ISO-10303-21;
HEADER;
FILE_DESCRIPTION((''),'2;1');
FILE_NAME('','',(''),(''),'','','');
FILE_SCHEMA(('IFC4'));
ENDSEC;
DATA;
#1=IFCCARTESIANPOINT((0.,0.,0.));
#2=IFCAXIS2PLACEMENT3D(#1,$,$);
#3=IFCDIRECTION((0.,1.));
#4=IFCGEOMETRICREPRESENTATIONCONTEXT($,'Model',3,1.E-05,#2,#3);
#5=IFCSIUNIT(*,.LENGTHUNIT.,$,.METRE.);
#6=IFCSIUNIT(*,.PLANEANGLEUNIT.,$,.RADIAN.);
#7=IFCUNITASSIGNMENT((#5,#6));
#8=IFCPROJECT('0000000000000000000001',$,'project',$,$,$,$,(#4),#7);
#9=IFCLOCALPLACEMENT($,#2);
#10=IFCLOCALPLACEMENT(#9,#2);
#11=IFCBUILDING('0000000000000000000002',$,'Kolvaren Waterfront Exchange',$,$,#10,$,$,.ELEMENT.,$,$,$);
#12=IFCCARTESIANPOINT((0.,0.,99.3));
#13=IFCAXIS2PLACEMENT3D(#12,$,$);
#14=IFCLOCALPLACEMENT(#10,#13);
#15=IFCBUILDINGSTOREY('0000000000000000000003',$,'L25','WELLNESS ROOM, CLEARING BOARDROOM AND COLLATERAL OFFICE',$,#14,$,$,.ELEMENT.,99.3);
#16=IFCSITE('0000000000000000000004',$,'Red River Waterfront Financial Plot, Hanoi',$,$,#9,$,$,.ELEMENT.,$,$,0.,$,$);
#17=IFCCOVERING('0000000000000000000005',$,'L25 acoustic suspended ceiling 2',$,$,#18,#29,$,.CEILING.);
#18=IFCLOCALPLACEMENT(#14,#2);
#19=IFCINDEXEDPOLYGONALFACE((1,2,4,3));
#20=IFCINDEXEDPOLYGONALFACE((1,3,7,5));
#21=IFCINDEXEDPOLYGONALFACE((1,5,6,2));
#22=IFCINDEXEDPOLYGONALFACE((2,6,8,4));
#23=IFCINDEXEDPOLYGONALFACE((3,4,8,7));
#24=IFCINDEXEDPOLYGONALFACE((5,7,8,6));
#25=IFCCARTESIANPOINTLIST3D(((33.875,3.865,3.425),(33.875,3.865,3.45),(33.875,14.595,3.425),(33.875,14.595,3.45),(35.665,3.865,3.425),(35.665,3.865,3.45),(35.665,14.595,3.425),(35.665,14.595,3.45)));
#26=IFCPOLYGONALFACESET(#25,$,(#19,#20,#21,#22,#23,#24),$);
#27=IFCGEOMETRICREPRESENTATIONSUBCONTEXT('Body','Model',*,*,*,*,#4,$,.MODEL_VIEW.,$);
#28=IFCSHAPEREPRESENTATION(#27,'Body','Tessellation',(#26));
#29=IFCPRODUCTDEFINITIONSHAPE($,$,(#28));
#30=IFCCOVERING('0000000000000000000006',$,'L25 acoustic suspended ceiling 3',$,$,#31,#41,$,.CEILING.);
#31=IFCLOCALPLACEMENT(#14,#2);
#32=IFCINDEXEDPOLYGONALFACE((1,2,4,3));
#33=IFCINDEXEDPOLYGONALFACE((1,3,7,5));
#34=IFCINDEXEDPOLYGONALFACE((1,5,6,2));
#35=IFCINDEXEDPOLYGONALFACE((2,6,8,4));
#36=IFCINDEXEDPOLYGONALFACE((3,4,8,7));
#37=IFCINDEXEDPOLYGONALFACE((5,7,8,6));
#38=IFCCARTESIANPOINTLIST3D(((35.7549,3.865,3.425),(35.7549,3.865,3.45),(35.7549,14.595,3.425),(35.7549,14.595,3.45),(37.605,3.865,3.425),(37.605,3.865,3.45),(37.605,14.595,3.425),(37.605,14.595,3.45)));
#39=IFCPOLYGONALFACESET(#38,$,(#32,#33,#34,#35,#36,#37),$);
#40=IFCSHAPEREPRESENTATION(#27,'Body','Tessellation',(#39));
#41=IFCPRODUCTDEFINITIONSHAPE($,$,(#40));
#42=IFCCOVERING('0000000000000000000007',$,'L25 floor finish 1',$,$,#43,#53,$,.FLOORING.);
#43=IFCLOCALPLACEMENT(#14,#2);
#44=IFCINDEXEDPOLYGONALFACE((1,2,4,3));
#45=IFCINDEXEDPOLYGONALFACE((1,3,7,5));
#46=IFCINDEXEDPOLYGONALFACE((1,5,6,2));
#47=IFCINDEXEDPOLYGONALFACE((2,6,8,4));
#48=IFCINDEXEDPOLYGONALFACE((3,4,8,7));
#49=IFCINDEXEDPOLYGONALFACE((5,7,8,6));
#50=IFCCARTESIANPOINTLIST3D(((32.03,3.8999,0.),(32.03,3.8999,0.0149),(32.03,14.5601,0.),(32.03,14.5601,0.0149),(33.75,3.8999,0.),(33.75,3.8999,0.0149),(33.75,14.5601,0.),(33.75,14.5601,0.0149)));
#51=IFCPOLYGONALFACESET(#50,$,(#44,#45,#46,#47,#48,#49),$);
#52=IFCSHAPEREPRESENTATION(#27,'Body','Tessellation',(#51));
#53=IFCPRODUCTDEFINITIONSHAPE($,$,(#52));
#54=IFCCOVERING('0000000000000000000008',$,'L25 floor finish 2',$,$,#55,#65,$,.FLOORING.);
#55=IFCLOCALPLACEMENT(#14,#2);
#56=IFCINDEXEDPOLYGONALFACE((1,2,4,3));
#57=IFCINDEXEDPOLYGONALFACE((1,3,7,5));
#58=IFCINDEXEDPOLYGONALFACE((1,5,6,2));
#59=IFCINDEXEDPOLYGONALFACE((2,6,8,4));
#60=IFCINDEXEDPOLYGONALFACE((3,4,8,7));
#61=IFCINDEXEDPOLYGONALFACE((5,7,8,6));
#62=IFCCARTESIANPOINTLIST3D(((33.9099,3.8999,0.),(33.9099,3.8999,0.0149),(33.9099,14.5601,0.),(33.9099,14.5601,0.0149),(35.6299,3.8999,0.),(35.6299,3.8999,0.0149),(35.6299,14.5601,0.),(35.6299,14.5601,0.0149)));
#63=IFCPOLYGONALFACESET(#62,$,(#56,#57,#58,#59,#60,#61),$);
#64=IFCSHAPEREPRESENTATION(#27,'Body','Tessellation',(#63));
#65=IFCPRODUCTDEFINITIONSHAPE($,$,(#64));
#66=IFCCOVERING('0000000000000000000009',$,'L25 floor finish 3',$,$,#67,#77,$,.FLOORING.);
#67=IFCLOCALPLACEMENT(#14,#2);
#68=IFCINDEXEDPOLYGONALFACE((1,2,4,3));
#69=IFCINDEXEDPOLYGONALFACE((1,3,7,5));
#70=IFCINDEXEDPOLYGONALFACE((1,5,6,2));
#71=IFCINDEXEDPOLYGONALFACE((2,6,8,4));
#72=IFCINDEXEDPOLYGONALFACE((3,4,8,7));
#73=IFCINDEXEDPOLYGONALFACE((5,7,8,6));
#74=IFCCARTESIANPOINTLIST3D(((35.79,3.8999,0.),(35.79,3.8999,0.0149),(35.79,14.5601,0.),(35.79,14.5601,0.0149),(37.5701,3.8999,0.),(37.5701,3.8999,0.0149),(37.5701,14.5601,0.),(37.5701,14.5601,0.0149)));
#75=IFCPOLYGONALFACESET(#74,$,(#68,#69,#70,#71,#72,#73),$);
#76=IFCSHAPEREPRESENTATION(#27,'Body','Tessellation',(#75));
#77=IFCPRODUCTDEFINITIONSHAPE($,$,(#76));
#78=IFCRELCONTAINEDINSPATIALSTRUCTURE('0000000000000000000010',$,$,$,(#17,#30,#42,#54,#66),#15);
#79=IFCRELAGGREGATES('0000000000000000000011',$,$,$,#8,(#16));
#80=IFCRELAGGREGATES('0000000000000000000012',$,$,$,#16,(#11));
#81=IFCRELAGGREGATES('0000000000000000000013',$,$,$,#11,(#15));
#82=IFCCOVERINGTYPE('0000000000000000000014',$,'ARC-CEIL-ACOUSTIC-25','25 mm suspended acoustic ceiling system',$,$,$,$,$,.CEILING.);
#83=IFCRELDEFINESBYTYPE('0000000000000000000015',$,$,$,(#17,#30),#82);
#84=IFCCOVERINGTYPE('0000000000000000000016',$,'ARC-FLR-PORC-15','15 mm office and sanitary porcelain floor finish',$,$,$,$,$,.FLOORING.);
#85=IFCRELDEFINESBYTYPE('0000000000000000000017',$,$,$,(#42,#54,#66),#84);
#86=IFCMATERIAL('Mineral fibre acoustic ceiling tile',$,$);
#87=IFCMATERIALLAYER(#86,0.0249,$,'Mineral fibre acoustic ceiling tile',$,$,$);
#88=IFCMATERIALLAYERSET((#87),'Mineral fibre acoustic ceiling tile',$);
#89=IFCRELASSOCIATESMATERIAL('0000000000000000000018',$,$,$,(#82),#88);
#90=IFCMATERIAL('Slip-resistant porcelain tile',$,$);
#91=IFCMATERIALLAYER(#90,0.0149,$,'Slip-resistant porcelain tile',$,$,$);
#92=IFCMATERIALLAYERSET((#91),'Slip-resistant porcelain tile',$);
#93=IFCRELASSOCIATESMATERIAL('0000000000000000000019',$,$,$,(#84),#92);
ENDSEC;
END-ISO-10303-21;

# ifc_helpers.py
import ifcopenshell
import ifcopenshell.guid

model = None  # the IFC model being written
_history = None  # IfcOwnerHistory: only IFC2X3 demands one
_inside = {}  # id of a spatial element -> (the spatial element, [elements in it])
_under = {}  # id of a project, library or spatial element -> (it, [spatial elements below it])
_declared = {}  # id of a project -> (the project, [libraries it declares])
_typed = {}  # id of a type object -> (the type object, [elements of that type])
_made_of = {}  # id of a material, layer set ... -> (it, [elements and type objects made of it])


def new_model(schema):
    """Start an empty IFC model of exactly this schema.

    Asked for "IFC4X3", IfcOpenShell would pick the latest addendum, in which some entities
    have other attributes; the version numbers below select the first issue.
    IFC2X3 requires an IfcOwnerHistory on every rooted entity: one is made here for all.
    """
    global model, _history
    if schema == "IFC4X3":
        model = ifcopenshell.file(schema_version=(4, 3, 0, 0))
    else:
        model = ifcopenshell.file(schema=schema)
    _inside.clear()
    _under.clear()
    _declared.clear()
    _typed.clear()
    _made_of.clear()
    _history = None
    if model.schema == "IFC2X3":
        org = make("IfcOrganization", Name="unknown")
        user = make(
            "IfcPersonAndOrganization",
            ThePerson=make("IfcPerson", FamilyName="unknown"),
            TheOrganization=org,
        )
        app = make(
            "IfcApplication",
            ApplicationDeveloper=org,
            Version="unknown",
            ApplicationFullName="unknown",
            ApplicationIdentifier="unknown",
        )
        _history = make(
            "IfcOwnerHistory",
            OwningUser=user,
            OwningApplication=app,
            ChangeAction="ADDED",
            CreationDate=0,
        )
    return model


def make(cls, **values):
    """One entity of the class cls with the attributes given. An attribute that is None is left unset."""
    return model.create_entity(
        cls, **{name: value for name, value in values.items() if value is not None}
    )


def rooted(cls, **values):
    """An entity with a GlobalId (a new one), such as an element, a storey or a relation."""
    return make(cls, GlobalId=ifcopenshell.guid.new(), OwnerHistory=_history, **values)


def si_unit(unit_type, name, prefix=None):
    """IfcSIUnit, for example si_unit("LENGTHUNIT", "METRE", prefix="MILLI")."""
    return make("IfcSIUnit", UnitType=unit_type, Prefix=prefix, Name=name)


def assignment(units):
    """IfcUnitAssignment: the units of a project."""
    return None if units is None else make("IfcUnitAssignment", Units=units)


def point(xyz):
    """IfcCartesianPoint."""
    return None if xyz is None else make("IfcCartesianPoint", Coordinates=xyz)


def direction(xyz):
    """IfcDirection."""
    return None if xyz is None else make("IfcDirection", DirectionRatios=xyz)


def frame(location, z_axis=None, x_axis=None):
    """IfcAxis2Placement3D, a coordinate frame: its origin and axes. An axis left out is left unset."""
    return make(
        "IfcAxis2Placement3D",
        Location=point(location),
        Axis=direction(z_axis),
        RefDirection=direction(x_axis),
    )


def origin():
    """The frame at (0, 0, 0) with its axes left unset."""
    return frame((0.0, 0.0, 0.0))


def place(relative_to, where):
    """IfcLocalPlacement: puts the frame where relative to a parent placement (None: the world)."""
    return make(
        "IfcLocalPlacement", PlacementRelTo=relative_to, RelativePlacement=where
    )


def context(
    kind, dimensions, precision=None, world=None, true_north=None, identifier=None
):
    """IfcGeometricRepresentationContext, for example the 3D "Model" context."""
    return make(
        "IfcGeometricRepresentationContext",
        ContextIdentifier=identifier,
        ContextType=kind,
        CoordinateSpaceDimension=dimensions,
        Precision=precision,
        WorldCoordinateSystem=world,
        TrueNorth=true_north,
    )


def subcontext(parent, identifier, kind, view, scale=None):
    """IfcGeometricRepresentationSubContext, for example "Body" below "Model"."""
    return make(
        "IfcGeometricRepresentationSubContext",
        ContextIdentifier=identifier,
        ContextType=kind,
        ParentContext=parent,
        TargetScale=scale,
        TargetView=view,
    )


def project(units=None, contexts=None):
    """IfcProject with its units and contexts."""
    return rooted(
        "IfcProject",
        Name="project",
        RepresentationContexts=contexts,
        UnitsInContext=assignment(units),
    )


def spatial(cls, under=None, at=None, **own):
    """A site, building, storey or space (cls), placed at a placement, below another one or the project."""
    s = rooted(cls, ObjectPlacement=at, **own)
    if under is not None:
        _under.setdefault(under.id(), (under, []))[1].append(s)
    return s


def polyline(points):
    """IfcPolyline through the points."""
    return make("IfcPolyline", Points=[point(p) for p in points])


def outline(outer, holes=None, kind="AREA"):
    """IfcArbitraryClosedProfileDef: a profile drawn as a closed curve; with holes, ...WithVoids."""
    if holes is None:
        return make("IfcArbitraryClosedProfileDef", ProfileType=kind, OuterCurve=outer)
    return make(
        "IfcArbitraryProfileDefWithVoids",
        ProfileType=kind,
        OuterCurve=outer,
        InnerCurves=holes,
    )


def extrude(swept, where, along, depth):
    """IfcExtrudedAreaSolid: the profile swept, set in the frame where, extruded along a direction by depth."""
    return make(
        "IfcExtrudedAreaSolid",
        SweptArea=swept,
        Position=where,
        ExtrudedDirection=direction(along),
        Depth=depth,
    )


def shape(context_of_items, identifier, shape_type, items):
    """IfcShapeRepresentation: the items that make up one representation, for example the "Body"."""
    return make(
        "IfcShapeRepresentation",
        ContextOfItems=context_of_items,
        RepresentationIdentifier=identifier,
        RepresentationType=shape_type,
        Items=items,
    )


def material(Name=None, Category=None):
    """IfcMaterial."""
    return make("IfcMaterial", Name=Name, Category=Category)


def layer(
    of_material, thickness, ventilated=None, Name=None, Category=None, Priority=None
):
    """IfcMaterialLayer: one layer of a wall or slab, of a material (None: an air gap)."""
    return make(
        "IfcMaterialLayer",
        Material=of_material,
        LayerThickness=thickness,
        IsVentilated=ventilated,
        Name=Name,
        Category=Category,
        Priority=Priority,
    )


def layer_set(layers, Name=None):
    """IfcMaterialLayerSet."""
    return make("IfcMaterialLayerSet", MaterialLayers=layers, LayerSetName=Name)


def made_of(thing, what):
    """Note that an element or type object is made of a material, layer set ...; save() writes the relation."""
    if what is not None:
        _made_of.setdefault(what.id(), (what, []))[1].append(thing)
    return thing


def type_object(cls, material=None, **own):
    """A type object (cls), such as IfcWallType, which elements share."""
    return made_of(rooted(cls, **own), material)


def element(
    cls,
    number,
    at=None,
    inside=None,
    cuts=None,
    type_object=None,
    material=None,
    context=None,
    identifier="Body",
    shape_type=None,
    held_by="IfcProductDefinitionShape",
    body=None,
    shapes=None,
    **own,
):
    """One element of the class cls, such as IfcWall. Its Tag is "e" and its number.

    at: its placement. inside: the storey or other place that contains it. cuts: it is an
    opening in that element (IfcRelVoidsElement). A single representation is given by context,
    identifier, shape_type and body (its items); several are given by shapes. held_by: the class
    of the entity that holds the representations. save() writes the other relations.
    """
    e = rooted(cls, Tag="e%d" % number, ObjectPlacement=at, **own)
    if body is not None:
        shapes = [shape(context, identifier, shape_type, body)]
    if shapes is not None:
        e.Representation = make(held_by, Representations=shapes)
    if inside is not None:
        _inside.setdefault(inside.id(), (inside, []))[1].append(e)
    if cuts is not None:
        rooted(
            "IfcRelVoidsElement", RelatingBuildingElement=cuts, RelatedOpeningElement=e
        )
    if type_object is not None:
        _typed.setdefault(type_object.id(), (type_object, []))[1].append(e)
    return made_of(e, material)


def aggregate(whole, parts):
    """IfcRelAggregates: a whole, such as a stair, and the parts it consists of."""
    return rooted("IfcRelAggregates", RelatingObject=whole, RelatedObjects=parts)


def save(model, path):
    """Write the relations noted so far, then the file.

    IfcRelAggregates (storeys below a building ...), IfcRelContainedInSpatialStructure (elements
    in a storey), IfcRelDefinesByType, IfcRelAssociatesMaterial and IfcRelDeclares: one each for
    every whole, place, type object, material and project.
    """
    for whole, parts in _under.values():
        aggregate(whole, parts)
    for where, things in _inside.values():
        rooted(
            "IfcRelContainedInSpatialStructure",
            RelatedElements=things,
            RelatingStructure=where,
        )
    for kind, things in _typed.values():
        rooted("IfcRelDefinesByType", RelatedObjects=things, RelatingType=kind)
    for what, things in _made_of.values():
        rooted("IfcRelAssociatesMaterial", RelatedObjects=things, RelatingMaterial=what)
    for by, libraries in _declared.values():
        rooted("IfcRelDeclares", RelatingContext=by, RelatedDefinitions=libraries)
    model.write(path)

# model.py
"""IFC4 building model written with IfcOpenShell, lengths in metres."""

from ifc_helpers import new_model, si_unit, direction, frame, origin, place, context, subcontext, project, spatial, polyline, outline, extrude, material, layer, layer_set, type_object, element, save


model = new_model("IFC4")

# Units and contexts
model_context = context("Model", 3, precision=1e-05, world=origin(), true_north=direction((0.0, 1.0)))
body_context = subcontext(model_context, "Body", "Model", "MODEL_VIEW")
ifc_project = project(units=[si_unit("LENGTHUNIT", "METRE"), si_unit("PLANEANGLEUNIT", "RADIAN")], contexts=[model_context])

# Site, building, storey
site_placement = place(None, origin())
site = spatial("IfcSite", under=ifc_project, at=site_placement, Name="Red River Waterfront Financial Plot, Hanoi", CompositionType="ELEMENT", RefElevation=0.0)
building_placement = place(site_placement, origin())
building = spatial("IfcBuilding", under=site, at=building_placement, Name="Kolvaren Waterfront Exchange", CompositionType="ELEMENT")
storey_placement = place(building_placement, frame((0.0, 0.0, 99.3)))
storey = spatial("IfcBuildingStorey", under=building, at=storey_placement, Name="L25", Description="WELLNESS ROOM, CLEARING BOARDROOM AND COLLATERAL OFFICE", CompositionType="ELEMENT", Elevation=99.3)

# Coverings
ifc_material_1 = material(Name="Mineral fibre acoustic ceiling tile")
ifc_layer_1 = layer(ifc_material_1, 0.0249, Name="Mineral fibre acoustic ceiling tile")
ifc_layer_set_1 = layer_set([ifc_layer_1], Name="Mineral fibre acoustic ceiling tile")
covering_type_1 = type_object("IfcCoveringType", Name="ARC-CEIL-ACOUSTIC-25", Description="25 mm suspended acoustic ceiling system", PredefinedType="CEILING", material=ifc_layer_set_1)
covering_1_placement = place(storey_placement, frame((0.0, 0.0, 3.425)))
element("IfcCovering", 1, at=covering_1_placement, inside=storey, type_object=covering_type_1, Name="L25 acoustic suspended ceiling 2", PredefinedType="CEILING", context=body_context, shape_type="SweptSolid", body=[
    extrude(outline(polyline([(35.665, 3.865), (35.665, 14.595), (33.875, 14.595), (33.875, 3.865), (35.665, 3.865)])), origin(), (0.0, 0.0, 1.0), 0.0249),
])
covering_2_placement = place(storey_placement, frame((0.0, 0.0, 3.425)))
element("IfcCovering", 2, at=covering_2_placement, inside=storey, type_object=covering_type_1, Name="L25 acoustic suspended ceiling 3", PredefinedType="CEILING", context=body_context, shape_type="SweptSolid", body=[
    extrude(outline(polyline([(37.605, 3.865), (37.605, 14.595), (35.7549, 14.595), (35.7549, 3.865), (37.605, 3.865)])), origin(), (0.0, 0.0, 1.0), 0.0249),
])
ifc_material_2 = material(Name="Slip-resistant porcelain tile")
ifc_layer_2 = layer(ifc_material_2, 0.0149, Name="Slip-resistant porcelain tile")
ifc_layer_set_2 = layer_set([ifc_layer_2], Name="Slip-resistant porcelain tile")
covering_type_2 = type_object("IfcCoveringType", Name="ARC-FLR-PORC-15", Description="15 mm office and sanitary porcelain floor finish", PredefinedType="FLOORING", material=ifc_layer_set_2)
covering_3_placement = place(storey_placement, origin())
element("IfcCovering", 3, at=covering_3_placement, inside=storey, type_object=covering_type_2, Name="L25 floor finish 1", PredefinedType="FLOORING", context=body_context, shape_type="SweptSolid", body=[
    extrude(outline(polyline([(32.03, 14.5601), (32.03, 3.8999), (33.75, 3.8999), (33.75, 14.5601), (32.03, 14.5601)])), origin(), (0.0, 0.0, 1.0), 0.0149),
])
covering_4_placement = place(storey_placement, origin())
element("IfcCovering", 4, at=covering_4_placement, inside=storey, type_object=covering_type_2, Name="L25 floor finish 2", PredefinedType="FLOORING", context=body_context, shape_type="SweptSolid", body=[
    extrude(outline(polyline([(33.9099, 14.5601), (33.9099, 3.8999), (35.6299, 3.8999), (35.6299, 14.5601), (33.9099, 14.5601)])), origin(), (0.0, 0.0, 1.0), 0.0149),
])
covering_5_placement = place(storey_placement, origin())
element("IfcCovering", 5, at=covering_5_placement, inside=storey, type_object=covering_type_2, Name="L25 floor finish 3", PredefinedType="FLOORING", context=body_context, shape_type="SweptSolid", body=[
    extrude(outline(polyline([(35.79, 14.5601), (35.79, 3.8999), (37.5701, 3.8999), (37.5701, 14.5601), (35.79, 14.5601)])), origin(), (0.0, 0.0, 1.0), 0.0149),
])

save(model, "model.ifc")
